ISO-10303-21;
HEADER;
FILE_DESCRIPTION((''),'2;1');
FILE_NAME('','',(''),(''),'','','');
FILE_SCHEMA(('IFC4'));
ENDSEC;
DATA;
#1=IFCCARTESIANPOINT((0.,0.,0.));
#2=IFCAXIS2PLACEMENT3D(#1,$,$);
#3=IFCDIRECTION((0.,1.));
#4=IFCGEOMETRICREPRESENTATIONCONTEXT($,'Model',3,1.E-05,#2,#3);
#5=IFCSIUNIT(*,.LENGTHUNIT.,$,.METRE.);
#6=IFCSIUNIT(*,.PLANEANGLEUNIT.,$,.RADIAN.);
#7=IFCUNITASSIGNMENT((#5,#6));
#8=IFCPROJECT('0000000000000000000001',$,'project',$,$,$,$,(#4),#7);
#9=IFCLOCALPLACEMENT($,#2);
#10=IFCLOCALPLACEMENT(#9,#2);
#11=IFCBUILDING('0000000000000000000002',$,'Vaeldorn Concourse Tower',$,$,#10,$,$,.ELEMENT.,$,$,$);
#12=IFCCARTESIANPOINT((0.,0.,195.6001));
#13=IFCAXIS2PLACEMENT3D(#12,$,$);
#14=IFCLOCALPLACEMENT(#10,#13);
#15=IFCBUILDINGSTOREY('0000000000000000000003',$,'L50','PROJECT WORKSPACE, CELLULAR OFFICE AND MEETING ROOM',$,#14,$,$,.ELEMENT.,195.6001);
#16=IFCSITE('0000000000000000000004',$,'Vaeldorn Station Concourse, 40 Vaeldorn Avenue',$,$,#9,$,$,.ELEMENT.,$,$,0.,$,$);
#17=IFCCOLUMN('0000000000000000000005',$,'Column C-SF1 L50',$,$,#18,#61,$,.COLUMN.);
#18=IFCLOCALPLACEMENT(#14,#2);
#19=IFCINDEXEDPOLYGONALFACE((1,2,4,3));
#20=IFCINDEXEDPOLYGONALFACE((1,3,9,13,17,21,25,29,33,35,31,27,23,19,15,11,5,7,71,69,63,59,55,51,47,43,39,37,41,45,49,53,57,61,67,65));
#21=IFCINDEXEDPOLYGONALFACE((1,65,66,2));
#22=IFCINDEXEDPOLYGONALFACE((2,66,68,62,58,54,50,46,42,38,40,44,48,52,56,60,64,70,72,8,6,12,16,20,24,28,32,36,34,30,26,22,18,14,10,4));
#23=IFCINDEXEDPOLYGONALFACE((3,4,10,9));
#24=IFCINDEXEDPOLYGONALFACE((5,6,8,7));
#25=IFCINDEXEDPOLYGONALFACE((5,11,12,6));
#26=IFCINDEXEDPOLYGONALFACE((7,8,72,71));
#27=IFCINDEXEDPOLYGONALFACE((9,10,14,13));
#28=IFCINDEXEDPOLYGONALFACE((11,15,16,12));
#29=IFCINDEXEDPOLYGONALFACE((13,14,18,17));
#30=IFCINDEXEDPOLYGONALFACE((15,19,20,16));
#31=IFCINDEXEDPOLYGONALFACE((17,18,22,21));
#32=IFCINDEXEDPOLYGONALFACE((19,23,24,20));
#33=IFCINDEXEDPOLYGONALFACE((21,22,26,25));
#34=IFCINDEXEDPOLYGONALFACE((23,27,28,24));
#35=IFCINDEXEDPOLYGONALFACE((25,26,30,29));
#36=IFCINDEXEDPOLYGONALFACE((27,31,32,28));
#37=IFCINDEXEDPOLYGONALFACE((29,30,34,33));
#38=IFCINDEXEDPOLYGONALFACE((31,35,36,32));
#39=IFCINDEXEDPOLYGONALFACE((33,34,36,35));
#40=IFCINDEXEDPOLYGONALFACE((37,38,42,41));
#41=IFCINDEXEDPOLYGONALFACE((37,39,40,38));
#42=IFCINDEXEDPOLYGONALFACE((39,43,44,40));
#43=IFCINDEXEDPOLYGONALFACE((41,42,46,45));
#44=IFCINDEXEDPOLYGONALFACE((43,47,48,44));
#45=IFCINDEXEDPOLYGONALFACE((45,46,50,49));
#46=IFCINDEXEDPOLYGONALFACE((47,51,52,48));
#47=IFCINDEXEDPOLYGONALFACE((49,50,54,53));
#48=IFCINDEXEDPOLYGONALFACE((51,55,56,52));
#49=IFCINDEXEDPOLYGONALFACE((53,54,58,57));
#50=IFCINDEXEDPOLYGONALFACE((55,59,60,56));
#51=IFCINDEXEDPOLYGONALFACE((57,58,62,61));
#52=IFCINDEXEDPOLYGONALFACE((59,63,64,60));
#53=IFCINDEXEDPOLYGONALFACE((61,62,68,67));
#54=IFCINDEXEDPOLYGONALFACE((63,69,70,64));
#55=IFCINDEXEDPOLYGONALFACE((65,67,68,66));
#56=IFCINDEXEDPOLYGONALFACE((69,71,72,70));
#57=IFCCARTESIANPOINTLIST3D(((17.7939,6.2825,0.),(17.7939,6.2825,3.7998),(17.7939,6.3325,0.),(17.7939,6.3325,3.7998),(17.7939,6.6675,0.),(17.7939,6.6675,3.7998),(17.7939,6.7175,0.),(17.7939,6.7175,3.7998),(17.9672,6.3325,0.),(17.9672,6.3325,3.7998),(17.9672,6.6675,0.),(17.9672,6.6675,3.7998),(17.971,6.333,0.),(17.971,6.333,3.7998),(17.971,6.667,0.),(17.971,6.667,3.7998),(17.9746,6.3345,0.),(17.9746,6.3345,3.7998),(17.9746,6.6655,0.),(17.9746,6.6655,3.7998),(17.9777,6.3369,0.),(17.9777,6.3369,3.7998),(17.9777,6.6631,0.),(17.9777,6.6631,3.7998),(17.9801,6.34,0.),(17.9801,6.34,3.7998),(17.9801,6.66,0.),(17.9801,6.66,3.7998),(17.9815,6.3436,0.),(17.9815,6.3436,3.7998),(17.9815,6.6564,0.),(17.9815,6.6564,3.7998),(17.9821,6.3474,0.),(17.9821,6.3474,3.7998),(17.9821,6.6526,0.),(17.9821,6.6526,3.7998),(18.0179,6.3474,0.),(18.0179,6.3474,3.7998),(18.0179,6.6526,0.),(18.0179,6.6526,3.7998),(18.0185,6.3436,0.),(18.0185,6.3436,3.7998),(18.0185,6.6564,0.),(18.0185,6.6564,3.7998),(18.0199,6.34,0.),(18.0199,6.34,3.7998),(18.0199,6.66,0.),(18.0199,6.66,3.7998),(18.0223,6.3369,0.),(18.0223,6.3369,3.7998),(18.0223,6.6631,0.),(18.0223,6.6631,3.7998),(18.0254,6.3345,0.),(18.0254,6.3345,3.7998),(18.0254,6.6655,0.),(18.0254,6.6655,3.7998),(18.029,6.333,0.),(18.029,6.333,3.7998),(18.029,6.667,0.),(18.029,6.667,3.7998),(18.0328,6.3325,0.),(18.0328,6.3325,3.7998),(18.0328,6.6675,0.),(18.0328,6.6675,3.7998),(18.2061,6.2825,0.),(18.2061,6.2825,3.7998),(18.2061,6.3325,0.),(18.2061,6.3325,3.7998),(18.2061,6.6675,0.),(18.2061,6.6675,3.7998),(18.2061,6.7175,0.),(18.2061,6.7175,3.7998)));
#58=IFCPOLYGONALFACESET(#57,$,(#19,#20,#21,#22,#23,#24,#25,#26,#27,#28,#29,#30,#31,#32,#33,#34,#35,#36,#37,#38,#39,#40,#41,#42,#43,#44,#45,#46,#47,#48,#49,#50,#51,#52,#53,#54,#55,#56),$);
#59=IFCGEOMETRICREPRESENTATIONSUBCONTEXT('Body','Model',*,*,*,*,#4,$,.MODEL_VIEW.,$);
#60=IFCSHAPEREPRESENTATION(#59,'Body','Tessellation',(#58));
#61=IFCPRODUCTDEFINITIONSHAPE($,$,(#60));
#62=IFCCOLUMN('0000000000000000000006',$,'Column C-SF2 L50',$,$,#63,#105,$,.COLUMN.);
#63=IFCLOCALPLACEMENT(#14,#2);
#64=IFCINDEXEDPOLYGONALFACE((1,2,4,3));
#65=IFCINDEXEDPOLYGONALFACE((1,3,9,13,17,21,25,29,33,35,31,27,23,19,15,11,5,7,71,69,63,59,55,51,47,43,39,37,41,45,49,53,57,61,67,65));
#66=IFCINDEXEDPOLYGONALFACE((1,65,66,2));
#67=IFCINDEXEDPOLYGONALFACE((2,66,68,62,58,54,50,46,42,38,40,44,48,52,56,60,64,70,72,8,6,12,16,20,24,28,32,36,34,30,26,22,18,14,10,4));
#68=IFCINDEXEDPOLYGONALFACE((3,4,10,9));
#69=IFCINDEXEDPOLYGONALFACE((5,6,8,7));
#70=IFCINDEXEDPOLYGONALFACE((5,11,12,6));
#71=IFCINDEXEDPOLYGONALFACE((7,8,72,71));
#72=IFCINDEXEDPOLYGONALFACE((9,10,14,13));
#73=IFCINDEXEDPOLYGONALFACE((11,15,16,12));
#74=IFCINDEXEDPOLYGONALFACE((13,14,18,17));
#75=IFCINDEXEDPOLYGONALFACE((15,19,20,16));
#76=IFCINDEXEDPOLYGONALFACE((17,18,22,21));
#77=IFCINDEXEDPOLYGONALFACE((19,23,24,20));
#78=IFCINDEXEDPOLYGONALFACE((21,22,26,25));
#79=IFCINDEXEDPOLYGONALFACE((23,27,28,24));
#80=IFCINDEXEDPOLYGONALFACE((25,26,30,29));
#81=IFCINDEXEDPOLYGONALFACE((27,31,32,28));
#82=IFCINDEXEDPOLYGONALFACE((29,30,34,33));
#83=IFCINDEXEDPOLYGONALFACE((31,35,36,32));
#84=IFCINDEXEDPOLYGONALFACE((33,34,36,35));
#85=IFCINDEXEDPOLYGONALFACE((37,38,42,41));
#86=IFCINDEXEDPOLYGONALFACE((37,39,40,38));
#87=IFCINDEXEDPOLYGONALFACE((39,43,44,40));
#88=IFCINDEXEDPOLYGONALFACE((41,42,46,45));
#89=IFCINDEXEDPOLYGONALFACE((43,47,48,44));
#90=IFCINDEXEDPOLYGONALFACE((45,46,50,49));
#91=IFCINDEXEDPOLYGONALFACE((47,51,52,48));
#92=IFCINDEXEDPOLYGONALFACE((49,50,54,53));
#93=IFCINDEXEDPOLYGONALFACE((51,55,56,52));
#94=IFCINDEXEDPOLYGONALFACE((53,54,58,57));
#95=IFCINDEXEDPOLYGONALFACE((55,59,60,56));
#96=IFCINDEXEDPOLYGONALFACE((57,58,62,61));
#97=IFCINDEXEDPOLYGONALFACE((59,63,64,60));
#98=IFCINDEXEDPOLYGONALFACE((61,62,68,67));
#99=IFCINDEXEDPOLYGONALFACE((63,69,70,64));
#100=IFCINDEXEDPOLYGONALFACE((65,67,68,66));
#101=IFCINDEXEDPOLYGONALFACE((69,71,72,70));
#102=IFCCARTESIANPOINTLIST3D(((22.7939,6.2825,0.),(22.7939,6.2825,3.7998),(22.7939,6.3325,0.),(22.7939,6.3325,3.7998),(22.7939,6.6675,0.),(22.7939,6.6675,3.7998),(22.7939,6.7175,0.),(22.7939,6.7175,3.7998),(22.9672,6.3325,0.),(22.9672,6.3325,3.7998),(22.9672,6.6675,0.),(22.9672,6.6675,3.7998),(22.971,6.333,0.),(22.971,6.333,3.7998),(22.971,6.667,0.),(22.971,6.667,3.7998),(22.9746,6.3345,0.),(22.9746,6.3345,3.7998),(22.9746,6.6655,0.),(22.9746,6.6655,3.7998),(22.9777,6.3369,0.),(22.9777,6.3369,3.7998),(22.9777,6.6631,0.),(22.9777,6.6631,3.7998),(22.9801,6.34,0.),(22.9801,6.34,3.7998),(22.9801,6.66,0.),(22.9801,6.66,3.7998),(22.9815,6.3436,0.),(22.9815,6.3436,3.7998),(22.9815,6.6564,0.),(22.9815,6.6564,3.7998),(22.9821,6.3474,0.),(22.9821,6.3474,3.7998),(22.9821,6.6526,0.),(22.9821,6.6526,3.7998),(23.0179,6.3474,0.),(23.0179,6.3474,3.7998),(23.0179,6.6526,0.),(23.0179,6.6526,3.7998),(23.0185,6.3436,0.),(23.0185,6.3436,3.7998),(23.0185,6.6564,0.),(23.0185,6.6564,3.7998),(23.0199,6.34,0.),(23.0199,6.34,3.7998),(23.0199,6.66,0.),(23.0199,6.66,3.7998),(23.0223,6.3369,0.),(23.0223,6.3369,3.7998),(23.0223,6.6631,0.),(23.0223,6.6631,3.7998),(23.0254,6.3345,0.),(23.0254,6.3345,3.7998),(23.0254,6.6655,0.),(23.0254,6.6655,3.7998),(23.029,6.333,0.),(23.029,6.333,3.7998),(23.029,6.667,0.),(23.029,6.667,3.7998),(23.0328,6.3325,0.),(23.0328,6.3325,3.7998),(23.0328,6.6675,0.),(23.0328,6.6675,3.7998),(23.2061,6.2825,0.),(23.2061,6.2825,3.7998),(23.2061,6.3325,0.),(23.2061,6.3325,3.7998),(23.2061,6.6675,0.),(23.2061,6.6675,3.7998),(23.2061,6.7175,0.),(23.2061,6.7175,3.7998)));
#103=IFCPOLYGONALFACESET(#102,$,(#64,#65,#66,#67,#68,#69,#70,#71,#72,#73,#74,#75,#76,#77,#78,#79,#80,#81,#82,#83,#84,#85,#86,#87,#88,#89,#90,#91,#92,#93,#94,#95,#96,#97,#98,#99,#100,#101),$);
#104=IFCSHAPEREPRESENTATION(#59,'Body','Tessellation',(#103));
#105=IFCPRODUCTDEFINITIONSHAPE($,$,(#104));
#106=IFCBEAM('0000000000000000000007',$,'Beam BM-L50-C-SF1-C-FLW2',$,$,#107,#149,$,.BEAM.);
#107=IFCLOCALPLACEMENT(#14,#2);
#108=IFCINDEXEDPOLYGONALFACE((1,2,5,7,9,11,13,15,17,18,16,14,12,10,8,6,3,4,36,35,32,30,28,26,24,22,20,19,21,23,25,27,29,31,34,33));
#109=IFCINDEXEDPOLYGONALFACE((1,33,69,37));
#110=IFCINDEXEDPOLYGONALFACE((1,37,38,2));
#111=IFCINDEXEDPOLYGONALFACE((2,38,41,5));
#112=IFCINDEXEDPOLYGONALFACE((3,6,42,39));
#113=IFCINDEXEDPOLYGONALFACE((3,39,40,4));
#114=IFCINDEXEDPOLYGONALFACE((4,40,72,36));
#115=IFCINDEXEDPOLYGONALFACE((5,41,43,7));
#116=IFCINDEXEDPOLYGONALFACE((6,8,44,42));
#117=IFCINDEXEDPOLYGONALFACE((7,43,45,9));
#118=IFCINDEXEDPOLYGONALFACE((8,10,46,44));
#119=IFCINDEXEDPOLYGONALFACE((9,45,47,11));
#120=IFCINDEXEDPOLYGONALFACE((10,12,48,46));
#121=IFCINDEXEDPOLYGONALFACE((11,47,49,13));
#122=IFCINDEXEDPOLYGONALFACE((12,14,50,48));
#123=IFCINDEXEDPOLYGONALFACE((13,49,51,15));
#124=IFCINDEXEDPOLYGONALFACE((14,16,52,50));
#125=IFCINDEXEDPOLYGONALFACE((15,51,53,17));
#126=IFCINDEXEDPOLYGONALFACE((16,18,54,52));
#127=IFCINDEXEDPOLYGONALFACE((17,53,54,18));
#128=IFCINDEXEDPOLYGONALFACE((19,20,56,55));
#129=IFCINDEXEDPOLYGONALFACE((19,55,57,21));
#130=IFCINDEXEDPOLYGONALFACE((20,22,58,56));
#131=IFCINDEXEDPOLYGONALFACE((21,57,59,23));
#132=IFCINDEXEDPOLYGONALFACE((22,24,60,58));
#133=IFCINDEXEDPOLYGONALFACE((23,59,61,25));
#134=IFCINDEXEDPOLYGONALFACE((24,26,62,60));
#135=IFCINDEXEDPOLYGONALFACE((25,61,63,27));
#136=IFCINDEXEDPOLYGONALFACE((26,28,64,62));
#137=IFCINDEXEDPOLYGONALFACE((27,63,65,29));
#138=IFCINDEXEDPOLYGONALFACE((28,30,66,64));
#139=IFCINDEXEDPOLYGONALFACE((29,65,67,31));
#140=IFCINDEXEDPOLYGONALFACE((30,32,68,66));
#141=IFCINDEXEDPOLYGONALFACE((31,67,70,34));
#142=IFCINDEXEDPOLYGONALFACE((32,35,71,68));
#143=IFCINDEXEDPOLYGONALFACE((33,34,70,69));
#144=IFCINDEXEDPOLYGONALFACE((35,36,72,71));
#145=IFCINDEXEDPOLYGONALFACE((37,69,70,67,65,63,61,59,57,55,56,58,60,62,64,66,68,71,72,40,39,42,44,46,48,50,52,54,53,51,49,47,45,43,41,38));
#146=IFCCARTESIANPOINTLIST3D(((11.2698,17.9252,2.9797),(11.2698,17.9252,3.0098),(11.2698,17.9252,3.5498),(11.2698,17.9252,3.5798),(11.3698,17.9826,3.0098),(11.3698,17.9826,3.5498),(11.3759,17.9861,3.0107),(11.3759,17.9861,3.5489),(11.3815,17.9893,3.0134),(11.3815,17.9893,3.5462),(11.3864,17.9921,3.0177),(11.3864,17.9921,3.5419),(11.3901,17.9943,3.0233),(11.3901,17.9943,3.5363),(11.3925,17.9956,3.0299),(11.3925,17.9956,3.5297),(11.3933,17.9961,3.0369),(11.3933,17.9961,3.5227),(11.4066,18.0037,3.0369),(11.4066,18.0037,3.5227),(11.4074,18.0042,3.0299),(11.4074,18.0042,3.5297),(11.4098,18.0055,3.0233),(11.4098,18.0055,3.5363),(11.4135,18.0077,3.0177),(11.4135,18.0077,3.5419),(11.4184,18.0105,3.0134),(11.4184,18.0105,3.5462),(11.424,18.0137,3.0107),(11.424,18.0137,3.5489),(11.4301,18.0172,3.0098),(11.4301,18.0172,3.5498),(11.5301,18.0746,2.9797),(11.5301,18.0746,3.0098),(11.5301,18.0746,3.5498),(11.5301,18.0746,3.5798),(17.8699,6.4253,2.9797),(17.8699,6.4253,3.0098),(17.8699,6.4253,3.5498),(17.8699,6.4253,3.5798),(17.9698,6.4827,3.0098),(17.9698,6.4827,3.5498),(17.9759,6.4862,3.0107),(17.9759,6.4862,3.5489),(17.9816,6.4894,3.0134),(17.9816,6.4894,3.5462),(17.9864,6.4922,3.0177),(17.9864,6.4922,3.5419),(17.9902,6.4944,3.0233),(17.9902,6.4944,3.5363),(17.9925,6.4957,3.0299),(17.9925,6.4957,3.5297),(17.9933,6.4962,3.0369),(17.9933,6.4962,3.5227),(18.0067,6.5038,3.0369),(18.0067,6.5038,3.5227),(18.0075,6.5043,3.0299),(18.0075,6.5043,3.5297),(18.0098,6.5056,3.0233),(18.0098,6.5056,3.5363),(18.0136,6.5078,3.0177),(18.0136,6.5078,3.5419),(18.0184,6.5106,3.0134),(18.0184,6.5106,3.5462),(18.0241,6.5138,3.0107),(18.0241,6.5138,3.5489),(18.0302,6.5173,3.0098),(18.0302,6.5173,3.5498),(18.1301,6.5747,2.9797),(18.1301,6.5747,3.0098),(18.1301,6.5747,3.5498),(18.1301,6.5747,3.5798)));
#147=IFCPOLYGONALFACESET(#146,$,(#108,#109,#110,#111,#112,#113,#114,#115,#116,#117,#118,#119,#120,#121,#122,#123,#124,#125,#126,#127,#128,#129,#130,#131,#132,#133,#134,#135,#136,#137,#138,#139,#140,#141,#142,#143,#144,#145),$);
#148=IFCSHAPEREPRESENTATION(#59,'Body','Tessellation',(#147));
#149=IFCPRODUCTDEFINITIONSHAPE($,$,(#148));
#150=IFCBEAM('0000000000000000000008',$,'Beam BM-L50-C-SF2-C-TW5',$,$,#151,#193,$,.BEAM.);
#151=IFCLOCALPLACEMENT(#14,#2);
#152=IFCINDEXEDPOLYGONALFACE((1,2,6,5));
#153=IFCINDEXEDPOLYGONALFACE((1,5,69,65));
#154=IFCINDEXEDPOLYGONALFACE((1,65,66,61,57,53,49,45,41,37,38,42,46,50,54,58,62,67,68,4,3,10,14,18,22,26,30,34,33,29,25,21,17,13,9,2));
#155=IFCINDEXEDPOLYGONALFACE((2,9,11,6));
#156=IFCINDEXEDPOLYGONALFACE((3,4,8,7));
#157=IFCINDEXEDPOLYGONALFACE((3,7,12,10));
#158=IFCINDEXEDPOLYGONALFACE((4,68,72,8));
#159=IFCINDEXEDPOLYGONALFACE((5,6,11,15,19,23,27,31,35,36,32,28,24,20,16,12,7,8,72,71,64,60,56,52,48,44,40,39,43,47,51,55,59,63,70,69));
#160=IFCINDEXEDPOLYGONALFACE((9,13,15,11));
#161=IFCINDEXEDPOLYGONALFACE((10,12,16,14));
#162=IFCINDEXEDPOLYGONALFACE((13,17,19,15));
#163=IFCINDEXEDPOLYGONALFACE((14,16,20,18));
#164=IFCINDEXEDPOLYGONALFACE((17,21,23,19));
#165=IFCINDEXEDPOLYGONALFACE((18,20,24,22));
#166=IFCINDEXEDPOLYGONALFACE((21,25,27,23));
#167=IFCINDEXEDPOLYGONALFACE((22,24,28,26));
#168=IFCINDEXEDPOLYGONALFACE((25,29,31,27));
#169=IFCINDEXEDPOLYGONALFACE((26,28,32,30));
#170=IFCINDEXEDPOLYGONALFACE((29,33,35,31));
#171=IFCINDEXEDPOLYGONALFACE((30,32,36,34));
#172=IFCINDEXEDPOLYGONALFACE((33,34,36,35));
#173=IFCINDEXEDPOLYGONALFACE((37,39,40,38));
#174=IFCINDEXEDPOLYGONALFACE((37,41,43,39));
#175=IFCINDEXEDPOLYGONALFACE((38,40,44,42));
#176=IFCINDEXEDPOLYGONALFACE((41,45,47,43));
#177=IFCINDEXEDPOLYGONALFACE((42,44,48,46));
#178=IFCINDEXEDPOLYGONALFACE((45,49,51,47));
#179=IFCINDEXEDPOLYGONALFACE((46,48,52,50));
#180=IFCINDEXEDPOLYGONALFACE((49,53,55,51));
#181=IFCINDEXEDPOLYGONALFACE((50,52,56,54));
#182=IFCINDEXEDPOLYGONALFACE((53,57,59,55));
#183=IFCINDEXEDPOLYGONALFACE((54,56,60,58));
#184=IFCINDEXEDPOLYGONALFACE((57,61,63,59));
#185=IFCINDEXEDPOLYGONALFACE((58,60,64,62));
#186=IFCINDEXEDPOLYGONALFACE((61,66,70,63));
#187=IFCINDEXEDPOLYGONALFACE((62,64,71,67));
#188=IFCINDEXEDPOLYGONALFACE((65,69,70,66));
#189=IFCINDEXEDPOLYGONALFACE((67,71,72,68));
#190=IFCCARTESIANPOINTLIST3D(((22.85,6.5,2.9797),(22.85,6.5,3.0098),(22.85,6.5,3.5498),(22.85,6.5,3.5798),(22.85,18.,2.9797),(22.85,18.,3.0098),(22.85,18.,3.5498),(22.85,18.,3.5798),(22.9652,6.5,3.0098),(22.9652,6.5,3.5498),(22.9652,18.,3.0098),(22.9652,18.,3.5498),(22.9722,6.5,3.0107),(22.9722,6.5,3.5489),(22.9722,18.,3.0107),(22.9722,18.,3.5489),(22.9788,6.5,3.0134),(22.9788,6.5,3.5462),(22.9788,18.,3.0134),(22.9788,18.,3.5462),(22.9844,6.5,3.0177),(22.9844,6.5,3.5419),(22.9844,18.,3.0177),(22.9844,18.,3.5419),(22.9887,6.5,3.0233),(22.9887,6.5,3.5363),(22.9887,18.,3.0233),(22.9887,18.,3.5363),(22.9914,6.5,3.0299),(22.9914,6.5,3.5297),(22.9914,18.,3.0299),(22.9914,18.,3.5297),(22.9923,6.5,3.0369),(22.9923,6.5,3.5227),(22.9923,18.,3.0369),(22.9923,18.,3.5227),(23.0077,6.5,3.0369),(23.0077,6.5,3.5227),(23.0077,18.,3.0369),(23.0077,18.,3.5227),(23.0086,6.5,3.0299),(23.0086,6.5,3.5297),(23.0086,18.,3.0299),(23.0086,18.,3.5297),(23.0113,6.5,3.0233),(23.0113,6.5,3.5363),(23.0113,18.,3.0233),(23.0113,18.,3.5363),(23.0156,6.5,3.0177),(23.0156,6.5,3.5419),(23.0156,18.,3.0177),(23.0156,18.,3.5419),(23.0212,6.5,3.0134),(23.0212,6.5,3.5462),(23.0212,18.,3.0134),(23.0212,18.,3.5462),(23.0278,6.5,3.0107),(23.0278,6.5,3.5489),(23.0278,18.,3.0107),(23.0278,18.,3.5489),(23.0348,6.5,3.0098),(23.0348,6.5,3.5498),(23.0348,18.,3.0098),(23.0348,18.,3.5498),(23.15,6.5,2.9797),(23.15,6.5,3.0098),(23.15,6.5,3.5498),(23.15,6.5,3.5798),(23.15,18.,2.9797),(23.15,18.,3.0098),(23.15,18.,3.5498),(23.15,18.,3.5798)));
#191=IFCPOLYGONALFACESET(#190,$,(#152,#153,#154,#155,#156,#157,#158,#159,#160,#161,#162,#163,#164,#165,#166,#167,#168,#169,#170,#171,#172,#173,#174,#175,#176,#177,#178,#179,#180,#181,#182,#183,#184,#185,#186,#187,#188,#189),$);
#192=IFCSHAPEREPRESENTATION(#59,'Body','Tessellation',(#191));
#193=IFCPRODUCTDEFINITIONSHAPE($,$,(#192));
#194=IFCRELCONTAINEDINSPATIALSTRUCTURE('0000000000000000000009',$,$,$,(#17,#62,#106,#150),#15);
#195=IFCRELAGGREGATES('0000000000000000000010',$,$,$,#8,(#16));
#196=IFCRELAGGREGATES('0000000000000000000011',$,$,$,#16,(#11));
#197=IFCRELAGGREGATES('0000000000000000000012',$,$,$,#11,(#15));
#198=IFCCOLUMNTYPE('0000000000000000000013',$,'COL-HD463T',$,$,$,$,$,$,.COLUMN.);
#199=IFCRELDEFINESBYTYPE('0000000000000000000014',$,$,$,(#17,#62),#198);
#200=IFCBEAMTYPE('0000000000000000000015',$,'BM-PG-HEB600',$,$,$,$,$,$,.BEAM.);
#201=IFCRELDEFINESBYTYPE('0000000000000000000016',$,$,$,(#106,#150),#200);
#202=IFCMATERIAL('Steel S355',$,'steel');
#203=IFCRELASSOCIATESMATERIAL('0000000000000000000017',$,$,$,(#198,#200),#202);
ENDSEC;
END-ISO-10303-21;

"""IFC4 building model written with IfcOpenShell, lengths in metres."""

from ifc_helpers import new_model, si_unit, direction, frame, origin, origin_2d, place, context, subcontext, project, spatial, i_section, extrude, source, transform, mapped, material, material_profile, profile_set, type_object, element, save


model = new_model("IFC4")

# Units and contexts
model_context = context("Model", 3, precision=1e-05, world=origin(), true_north=direction((0.0, 1.0)))
body_context = subcontext(model_context, "Body", "Model", "MODEL_VIEW")
ifc_project = project(units=[si_unit("LENGTHUNIT", "METRE"), si_unit("PLANEANGLEUNIT", "RADIAN")], contexts=[model_context])

# Site, building, storey
site_placement = place(None, origin())
site = spatial("IfcSite", under=ifc_project, at=site_placement, Name="Vaeldorn Station Concourse, 40 Vaeldorn Avenue", CompositionType="ELEMENT", RefElevation=0.0)
building_placement = place(site_placement, origin())
building = spatial("IfcBuilding", under=site, at=building_placement, Name="Vaeldorn Concourse Tower", CompositionType="ELEMENT")
storey_placement = place(building_placement, frame((0.0, 0.0, 195.6001)))
storey = spatial("IfcBuildingStorey", under=building, at=storey_placement, Name="L50", Description="PROJECT WORKSPACE, CELLULAR OFFICE AND MEETING ROOM", CompositionType="ELEMENT", Elevation=195.6001)

# Columns
ifc_material_1 = material(Name="Steel S355", Category="steel")
ifc_material_profile_1 = material_profile(ifc_material_1, i_section(OverallWidth=0.4121, OverallDepth=0.4351, WebThickness=0.0359, FlangeThickness=0.05, FilletRadius=0.0149, at=origin_2d()), Name="HD 400x463")
ifc_profile_set_1 = profile_set([ifc_material_profile_1], Name="Steel S355")
column_type = type_object("IfcColumnType", Name="COL-HD463T", PredefinedType="COLUMN", material=ifc_profile_set_1)
shared_shape_1 = source(origin(), body_context, "Body", "SweptSolid", [
    extrude(i_section(OverallWidth=0.4121, OverallDepth=0.4351, WebThickness=0.0359, FlangeThickness=0.05, FilletRadius=0.0149, at=origin_2d()), origin(), (0.0, 0.0, 1.0), 3.7998),
])
for number, where, z_axis, x_axis, name in (
    (1, (18.0, 6.5, 0.0), (0.0, 0.0, 1.0), (1.0, 0.0, 0.0), "Column C-SF1 L50"),
    (2, (23.0, 6.5, 0.0), (0.0, 0.0, 1.0), (1.0, 0.0, 0.0), "Column C-SF2 L50"),
):
    element("IfcColumn", number, at=place(storey_placement, frame(where, z_axis=z_axis, x_axis=x_axis)), inside=storey, type_object=column_type, Name=name, PredefinedType="COLUMN", context=body_context, shape_type="MappedRepresentation", body=[
        mapped(shared_shape_1, transform((0.0, 0.0, 0.0), scale=1.0)),
    ])

# Beams
ifc_material_profile_2 = material_profile(ifc_material_1, i_section(OverallWidth=0.3, OverallDepth=0.6001, WebThickness=0.0154, FlangeThickness=0.03, FilletRadius=0.0271, at=origin_2d()), Name="HEB 600")
ifc_profile_set_2 = profile_set([ifc_material_profile_2], Name="Steel S355")
beam_type_1 = type_object("IfcBeamType", Name="BM-PG-HEB600", PredefinedType="BEAM", material=ifc_profile_set_2)
shared_shape_2 = source(origin(), body_context, "Body", "SweptSolid", [
    extrude(i_section(OverallWidth=0.3, OverallDepth=0.6001, WebThickness=0.0154, FlangeThickness=0.03, FilletRadius=0.0271, at=origin_2d()), origin(), (0.0, 0.0, 1.0), 13.2593),
])
beam_1_placement = place(storey_placement, frame((18.0, 6.5, 3.2798), z_axis=(-0.497768, 0.86731, 0.0), x_axis=(-0.86731, -0.497768, 0.0)))
element("IfcBeam", 3, at=beam_1_placement, inside=storey, type_object=beam_type_1, Name="Beam BM-L50-C-SF1-C-FLW2", PredefinedType="BEAM", context=body_context, shape_type="MappedRepresentation", body=[
    mapped(shared_shape_2, transform((0.0, 0.0, 0.0), scale=1.0)),
])
shared_shape_3 = source(origin(), body_context, "Body", "SweptSolid", [
    extrude(i_section(OverallWidth=0.3, OverallDepth=0.6001, WebThickness=0.0154, FlangeThickness=0.03, FilletRadius=0.0271, at=origin_2d()), origin(), (0.0, 0.0, 1.0), 11.5),
])
beam_2_placement = place(storey_placement, frame((23.0, 6.5, 3.2798), z_axis=(0.0, 1.0, 0.0), x_axis=(-1.0, 0.0, 0.0)))
element("IfcBeam", 4, at=beam_2_placement, inside=storey, type_object=beam_type_1, Name="Beam BM-L50-C-SF2-C-TW5", PredefinedType="BEAM", context=body_context, shape_type="MappedRepresentation", body=[
    mapped(shared_shape_3, transform((0.0, 0.0, 0.0), scale=1.0)),
])

save(model, "model.ifc")
